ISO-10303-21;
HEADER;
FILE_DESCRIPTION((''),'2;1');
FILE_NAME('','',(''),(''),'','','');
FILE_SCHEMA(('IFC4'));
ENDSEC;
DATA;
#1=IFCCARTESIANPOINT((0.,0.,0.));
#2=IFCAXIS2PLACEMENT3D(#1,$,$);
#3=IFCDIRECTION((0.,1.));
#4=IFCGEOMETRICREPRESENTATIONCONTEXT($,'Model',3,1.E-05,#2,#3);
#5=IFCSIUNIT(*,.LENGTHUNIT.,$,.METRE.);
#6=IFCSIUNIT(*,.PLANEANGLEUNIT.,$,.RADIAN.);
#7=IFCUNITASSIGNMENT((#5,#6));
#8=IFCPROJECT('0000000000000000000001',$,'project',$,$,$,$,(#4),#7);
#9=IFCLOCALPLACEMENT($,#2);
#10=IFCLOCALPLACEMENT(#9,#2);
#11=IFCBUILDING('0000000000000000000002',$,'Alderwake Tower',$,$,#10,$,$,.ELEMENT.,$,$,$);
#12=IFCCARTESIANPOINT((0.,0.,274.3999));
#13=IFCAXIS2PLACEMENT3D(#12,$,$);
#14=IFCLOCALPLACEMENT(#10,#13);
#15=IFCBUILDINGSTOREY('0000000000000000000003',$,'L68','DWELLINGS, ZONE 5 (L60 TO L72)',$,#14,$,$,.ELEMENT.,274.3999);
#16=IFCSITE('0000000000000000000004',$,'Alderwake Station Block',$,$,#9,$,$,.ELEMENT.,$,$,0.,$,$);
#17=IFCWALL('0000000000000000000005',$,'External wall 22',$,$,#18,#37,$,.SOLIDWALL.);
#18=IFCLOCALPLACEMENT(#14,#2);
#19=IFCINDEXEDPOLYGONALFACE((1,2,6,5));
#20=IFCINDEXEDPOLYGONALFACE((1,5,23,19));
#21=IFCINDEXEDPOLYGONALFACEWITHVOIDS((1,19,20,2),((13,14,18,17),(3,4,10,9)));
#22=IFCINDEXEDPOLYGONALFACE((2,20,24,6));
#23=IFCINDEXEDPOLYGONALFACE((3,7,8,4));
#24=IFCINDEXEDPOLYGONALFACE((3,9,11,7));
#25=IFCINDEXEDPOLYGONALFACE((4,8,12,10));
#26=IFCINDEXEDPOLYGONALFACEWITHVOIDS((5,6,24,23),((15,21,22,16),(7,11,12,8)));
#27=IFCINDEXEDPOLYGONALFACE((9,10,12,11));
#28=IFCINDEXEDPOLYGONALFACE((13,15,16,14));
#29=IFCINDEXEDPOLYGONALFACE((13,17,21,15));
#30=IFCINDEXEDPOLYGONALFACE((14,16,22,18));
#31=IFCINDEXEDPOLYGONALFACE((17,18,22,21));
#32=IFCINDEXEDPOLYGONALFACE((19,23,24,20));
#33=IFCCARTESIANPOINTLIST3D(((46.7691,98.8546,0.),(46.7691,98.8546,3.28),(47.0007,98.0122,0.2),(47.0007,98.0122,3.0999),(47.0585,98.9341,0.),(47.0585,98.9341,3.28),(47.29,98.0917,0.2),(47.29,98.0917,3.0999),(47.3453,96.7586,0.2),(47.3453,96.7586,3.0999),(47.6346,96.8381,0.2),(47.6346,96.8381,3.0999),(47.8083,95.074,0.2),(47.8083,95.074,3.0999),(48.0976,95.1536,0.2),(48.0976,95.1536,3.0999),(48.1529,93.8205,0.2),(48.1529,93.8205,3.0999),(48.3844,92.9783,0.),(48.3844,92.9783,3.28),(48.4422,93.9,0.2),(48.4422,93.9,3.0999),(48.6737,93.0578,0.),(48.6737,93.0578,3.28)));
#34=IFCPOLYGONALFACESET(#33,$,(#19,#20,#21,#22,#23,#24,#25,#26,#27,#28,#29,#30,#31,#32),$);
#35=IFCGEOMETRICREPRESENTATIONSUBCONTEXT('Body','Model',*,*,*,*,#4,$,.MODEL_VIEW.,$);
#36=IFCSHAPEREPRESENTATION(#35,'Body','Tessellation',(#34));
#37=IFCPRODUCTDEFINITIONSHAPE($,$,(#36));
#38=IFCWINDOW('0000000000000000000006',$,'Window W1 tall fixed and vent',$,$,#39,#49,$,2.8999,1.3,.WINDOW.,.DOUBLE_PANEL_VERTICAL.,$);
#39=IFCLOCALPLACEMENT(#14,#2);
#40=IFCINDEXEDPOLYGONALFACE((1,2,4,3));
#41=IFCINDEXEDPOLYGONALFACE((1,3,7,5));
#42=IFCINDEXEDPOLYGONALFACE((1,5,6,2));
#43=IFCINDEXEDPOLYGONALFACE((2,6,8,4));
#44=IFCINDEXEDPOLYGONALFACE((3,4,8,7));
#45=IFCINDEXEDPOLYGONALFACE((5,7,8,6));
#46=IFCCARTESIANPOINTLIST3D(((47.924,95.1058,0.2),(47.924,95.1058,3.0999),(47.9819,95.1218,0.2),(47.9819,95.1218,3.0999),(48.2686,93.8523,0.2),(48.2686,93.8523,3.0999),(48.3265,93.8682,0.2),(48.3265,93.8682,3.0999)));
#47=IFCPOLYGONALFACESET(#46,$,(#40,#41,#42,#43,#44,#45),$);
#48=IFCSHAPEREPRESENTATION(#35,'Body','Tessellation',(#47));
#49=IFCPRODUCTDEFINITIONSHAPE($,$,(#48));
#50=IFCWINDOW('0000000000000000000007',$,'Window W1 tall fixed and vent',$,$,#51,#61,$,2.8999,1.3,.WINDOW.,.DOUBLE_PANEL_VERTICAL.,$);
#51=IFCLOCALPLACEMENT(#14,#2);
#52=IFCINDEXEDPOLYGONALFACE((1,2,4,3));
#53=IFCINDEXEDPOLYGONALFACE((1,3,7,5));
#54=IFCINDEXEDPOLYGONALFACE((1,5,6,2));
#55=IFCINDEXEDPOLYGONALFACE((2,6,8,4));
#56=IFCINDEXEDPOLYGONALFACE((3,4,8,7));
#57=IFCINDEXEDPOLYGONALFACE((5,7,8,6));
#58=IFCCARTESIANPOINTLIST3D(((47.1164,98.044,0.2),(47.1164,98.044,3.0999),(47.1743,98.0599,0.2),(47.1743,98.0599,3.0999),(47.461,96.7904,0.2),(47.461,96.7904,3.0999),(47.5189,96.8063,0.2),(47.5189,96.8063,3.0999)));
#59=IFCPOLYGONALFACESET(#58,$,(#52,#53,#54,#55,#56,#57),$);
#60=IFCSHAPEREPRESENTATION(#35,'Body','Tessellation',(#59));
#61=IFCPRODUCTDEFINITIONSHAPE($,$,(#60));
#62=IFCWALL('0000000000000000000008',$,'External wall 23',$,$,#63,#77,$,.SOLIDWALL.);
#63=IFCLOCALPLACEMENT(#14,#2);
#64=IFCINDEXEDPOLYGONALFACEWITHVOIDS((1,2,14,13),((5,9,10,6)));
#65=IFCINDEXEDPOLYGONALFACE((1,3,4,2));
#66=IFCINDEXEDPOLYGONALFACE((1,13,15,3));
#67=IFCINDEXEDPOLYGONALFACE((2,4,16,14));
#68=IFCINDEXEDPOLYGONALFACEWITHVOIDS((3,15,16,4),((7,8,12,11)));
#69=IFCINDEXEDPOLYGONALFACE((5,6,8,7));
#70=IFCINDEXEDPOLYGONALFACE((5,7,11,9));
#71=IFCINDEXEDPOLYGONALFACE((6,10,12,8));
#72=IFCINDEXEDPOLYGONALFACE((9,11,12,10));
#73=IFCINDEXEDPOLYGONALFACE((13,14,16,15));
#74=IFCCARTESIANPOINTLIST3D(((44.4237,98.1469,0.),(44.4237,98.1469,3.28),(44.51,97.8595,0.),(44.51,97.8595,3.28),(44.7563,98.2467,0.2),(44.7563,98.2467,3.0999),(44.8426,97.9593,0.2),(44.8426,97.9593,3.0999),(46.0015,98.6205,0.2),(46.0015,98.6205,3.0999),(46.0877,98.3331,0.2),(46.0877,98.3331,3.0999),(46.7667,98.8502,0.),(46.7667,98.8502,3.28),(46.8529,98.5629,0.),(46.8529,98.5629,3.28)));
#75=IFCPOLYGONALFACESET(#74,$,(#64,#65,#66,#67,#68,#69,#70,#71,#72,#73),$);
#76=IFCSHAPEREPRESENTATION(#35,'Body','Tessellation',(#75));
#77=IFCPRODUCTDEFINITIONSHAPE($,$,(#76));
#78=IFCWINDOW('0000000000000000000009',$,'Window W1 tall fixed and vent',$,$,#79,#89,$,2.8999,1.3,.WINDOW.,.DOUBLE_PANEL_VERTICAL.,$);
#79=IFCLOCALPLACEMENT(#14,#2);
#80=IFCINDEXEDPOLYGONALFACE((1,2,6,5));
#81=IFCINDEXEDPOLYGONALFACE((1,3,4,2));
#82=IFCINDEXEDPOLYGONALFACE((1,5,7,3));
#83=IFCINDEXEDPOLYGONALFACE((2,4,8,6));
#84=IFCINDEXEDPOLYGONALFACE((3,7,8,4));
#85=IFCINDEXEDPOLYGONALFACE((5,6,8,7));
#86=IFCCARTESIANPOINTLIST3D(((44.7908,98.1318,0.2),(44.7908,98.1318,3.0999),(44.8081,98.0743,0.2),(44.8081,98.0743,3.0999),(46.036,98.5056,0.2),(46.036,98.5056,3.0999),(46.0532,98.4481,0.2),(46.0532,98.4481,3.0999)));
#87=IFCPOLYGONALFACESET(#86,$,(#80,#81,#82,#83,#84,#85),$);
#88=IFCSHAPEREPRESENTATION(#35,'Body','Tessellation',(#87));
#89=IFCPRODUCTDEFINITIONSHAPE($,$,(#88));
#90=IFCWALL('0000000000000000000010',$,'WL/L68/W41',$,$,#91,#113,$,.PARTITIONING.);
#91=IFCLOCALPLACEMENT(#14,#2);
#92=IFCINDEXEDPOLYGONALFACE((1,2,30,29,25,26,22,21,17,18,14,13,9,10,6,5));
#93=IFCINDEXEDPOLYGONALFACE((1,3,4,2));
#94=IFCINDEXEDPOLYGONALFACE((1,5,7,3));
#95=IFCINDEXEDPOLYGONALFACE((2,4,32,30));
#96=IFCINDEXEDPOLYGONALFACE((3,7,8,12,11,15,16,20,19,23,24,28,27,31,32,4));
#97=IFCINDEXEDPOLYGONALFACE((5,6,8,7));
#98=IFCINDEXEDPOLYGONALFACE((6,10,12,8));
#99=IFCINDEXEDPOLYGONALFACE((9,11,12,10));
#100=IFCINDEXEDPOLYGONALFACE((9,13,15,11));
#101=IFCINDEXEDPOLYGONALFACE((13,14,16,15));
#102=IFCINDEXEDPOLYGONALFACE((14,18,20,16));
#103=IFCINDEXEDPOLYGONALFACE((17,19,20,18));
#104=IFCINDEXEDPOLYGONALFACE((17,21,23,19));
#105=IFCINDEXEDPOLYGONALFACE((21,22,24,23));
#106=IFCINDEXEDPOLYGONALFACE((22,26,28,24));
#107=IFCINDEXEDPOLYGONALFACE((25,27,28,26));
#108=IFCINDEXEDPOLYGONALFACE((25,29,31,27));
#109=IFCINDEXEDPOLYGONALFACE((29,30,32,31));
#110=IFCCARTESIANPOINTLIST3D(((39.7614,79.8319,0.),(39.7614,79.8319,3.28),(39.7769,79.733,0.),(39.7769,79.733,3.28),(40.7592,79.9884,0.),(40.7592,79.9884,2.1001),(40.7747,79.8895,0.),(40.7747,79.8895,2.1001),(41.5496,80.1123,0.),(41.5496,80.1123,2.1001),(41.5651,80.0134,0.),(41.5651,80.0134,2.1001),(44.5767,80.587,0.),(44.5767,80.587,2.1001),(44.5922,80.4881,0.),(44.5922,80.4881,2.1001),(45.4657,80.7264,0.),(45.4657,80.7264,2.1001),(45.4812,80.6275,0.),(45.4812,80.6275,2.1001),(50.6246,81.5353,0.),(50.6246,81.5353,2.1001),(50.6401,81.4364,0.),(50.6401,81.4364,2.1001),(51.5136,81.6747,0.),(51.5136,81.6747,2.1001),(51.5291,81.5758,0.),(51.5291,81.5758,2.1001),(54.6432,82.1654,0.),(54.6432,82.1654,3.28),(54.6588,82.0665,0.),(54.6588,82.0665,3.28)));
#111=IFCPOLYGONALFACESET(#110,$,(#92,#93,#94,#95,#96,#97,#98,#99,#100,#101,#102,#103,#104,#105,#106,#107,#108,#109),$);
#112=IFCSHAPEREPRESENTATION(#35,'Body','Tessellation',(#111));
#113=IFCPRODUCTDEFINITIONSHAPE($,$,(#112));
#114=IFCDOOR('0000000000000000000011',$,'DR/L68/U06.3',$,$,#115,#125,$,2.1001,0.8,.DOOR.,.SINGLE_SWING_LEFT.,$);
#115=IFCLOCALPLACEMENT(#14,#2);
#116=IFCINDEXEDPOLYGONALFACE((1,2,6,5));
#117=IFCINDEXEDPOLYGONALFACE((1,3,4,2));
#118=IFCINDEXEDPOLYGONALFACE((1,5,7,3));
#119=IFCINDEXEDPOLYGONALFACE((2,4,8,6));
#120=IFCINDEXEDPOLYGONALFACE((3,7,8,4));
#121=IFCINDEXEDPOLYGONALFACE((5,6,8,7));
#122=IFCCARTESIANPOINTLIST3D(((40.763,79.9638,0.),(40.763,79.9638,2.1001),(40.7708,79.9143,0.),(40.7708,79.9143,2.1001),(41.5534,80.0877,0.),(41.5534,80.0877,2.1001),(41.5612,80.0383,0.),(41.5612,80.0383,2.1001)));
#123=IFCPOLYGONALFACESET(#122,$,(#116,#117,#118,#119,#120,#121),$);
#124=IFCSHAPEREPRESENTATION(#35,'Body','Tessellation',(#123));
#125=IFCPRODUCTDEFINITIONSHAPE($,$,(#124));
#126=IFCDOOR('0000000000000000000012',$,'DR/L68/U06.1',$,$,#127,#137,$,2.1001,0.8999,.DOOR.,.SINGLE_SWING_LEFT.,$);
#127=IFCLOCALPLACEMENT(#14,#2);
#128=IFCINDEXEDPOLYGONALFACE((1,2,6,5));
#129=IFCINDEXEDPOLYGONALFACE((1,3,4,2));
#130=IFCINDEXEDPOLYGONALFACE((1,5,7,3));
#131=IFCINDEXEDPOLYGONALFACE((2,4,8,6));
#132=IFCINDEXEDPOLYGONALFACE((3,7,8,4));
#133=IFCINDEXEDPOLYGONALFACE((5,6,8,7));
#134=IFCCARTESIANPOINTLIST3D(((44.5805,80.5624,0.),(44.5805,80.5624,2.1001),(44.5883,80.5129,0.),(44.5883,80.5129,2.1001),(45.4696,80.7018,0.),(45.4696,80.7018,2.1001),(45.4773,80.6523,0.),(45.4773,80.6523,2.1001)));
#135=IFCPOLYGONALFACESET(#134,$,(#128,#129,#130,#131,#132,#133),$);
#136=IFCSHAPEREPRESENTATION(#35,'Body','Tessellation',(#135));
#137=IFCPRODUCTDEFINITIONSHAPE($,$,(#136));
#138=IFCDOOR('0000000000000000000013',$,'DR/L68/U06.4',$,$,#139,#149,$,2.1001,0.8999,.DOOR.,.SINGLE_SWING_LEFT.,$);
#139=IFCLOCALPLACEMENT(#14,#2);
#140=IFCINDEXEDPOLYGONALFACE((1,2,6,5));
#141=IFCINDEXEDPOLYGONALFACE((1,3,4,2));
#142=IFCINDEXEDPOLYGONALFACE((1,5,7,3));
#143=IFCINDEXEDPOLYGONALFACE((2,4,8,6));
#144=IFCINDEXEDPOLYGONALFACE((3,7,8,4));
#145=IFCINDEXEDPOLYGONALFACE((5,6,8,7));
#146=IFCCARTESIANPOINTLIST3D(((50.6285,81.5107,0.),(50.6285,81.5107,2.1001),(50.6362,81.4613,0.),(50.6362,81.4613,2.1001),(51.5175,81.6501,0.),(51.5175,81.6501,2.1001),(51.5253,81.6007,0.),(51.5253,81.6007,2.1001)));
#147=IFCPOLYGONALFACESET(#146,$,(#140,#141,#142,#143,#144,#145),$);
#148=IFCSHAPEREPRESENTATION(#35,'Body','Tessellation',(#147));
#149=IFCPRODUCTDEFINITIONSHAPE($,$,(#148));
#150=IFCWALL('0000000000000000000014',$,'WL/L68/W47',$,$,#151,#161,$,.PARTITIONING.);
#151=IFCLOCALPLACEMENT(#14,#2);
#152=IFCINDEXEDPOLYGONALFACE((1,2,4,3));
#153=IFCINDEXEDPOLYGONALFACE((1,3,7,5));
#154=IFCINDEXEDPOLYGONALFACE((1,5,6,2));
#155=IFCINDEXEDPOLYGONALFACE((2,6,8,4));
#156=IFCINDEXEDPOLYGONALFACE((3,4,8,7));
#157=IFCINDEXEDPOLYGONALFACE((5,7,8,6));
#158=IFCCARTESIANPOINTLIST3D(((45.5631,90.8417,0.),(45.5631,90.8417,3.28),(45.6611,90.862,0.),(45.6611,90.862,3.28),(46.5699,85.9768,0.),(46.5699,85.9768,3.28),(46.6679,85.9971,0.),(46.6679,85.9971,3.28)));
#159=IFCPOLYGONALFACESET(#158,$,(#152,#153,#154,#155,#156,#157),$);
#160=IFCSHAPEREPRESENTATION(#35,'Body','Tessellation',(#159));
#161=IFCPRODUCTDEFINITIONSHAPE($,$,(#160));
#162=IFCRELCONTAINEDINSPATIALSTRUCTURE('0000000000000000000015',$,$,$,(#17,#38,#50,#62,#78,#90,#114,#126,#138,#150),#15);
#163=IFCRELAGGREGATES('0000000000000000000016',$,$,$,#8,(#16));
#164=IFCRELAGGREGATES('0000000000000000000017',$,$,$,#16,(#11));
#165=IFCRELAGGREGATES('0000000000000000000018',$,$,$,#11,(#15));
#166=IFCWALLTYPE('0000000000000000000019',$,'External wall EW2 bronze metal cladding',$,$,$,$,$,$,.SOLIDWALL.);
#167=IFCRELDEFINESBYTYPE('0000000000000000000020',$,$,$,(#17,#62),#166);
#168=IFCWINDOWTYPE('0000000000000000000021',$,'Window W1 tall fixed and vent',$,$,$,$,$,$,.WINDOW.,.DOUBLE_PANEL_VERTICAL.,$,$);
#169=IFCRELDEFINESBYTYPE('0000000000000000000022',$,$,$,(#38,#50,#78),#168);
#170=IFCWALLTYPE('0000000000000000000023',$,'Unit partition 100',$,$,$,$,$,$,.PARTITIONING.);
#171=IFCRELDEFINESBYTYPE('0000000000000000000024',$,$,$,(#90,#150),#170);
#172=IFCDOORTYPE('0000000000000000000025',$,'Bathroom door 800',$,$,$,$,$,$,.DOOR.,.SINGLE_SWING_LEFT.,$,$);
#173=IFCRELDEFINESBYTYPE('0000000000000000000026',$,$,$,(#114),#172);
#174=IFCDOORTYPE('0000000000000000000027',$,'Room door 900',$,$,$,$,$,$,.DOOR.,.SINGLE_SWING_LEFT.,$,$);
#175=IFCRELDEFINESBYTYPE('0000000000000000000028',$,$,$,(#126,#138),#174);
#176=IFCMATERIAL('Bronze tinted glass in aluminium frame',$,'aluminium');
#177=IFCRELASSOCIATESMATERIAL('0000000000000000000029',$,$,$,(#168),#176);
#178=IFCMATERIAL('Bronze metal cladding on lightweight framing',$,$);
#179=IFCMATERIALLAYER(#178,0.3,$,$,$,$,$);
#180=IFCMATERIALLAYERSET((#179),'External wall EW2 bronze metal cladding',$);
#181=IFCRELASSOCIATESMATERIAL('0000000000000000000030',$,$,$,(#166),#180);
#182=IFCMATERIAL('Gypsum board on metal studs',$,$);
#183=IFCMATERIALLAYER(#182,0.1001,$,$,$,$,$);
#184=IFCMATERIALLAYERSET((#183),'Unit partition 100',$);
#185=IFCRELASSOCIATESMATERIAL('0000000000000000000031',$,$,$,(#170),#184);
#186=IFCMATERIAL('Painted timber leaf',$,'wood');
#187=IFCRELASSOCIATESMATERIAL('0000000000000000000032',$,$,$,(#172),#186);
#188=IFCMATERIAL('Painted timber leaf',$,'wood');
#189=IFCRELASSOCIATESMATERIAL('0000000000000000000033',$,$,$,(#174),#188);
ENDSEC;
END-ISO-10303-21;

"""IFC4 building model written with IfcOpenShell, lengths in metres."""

from ifc_helpers import new_model, si_unit, direction, frame, frame_2d, origin, place, context, subcontext, project, spatial, rectangle, extrude, material, layer, layer_set, type_object, element, fill, save


model = new_model("IFC4")

# Units and contexts
model_context = context("Model", 3, precision=1e-05, world=origin(), true_north=direction((0.0, 1.0)))
body_context = subcontext(model_context, "Body", "Model", "MODEL_VIEW")
ifc_project = project(units=[si_unit("LENGTHUNIT", "METRE"), si_unit("PLANEANGLEUNIT", "RADIAN")], contexts=[model_context])

# Site, building, storey
site_placement = place(None, origin())
site = spatial("IfcSite", under=ifc_project, at=site_placement, Name="Alderwake Station Block", CompositionType="ELEMENT", RefElevation=0.0)
building_placement = place(site_placement, origin())
building = spatial("IfcBuilding", under=site, at=building_placement, Name="Alderwake Tower", CompositionType="ELEMENT")
storey_placement = place(building_placement, frame((0.0, 0.0, 274.3999)))
storey = spatial("IfcBuildingStorey", under=building, at=storey_placement, Name="L68", Description="DWELLINGS, ZONE 5 (L60 TO L72)", CompositionType="ELEMENT", Elevation=274.3999)

# Shared definitions
ifc_material_1 = material(Name="Bronze tinted glass in aluminium frame", Category="aluminium")
window_type = type_object("IfcWindowType", Name="Window W1 tall fixed and vent", PartitioningType="DOUBLE_PANEL_VERTICAL", PredefinedType="WINDOW", material=ifc_material_1)

# Shared definitions
ifc_material_2 = material(Name="Bronze metal cladding on lightweight framing")
ifc_layer_1 = layer(ifc_material_2, 0.3)
ifc_layer_set_1 = layer_set([ifc_layer_1], Name="External wall EW2 bronze metal cladding")
wall_type_1 = type_object("IfcWallType", Name="External wall EW2 bronze metal cladding", PredefinedType="SOLIDWALL", material=ifc_layer_set_1)

# Wall, openings, windows
wall_1_placement = place(storey_placement, frame((48.5291, 93.0181, 0.0), z_axis=(0.0, 0.0, 1.0), x_axis=(-0.265046, 0.964236, 0.0)))
wall_1 = element("IfcWall", 1, at=wall_1_placement, inside=storey, type_object=wall_type_1, Name="External wall 22", PredefinedType="SOLIDWALL", context=body_context, shape_type="SweptSolid", body=[
    extrude(rectangle(XDim=6.0942, YDim=0.3, at=frame_2d((3.0471, 0.0))), origin(), (0.0, 0.0, 1.0), 3.28),
])
opening_1_placement = place(wall_1_placement, frame((0.8735, 0.0, 0.2)))
opening_1 = element("IfcOpeningElement", 2, at=opening_1_placement, cuts=wall_1, PredefinedType="OPENING", context=body_context, shape_type="SweptSolid", body=[
    extrude(rectangle(XDim=1.3, YDim=2.8999, at=frame_2d((0.6499, 1.45))), frame((0.0, 0.1599, 0.0), z_axis=(0.0, -1.0, 0.0), x_axis=(1.0, 0.0, 0.0)), (0.0, 0.0, 1.0), 0.3201),
])
opening_2_placement = place(wall_1_placement, frame((3.9207, 0.0, 0.2)))
opening_2 = element("IfcOpeningElement", 3, at=opening_2_placement, cuts=wall_1, PredefinedType="OPENING", context=body_context, shape_type="SweptSolid", body=[
    extrude(rectangle(XDim=1.3, YDim=2.8999, at=frame_2d((0.6499, 1.45))), frame((0.0, 0.1599, 0.0), z_axis=(0.0, -1.0, 0.0), x_axis=(1.0, 0.0, 0.0)), (0.0, 0.0, 1.0), 0.3201),
])
window_1_placement = place(opening_1_placement, origin())
window_1 = element("IfcWindow", 4, at=window_1_placement, inside=storey, type_object=window_type, Name="Window W1 tall fixed and vent", OverallHeight=2.8999, OverallWidth=1.3, PartitioningType="DOUBLE_PANEL_VERTICAL", PredefinedType="WINDOW", context=body_context, shape_type="SweptSolid", body=[
    extrude(rectangle(XDim=1.3, YDim=2.8999, at=frame_2d((0.6499, 1.45))), frame((0.0, 0.03, 0.0), z_axis=(0.0, -1.0, 0.0), x_axis=(1.0, 0.0, 0.0)), (0.0, 0.0, 1.0), 0.0601),
])
fill(opening_1, window_1)
window_2_placement = place(opening_2_placement, origin())
window_2 = element("IfcWindow", 5, at=window_2_placement, inside=storey, type_object=window_type, Name="Window W1 tall fixed and vent", OverallHeight=2.8999, OverallWidth=1.3, PartitioningType="DOUBLE_PANEL_VERTICAL", PredefinedType="WINDOW", context=body_context, shape_type="SweptSolid", body=[
    extrude(rectangle(XDim=1.3, YDim=2.8999, at=frame_2d((0.6499, 1.45))), frame((0.0, 0.03, 0.0), z_axis=(0.0, -1.0, 0.0), x_axis=(1.0, 0.0, 0.0)), (0.0, 0.0, 1.0), 0.0601),
])
fill(opening_2, window_2)

# Wall, opening, window
wall_2_placement = place(storey_placement, frame((46.8098, 98.7065, 0.0), z_axis=(0.0, 0.0, 1.0), x_axis=(-0.957774, -0.287522, 0.0)))
wall_2 = element("IfcWall", 6, at=wall_2_placement, inside=storey, type_object=wall_type_1, Name="External wall 23", PredefinedType="SOLIDWALL", context=body_context, shape_type="SweptSolid", body=[
    extrude(rectangle(XDim=2.4463, YDim=0.3, at=frame_2d((1.2231, 0.0))), origin(), (0.0, 0.0, 1.0), 3.28),
])
opening_3_placement = place(wall_2_placement, frame((0.7991, 0.0, 0.2)))
opening_3 = element("IfcOpeningElement", 7, at=opening_3_placement, cuts=wall_2, PredefinedType="OPENING", context=body_context, shape_type="SweptSolid", body=[
    extrude(rectangle(XDim=1.3, YDim=2.8999, at=frame_2d((0.6499, 1.45))), frame((0.0, 0.1599, 0.0), z_axis=(0.0, -1.0, 0.0), x_axis=(1.0, 0.0, 0.0)), (0.0, 0.0, 1.0), 0.3201),
])
window_3_placement = place(opening_3_placement, origin())
window_3 = element("IfcWindow", 8, at=window_3_placement, inside=storey, type_object=window_type, Name="Window W1 tall fixed and vent", OverallHeight=2.8999, OverallWidth=1.3, PartitioningType="DOUBLE_PANEL_VERTICAL", PredefinedType="WINDOW", context=body_context, shape_type="SweptSolid", body=[
    extrude(rectangle(XDim=1.3, YDim=2.8999, at=frame_2d((0.6499, 1.45))), frame((0.0, 0.03, 0.0), z_axis=(0.0, -1.0, 0.0), x_axis=(1.0, 0.0, 0.0)), (0.0, 0.0, 1.0), 0.0601),
])
fill(opening_3, window_3)

# Wall, openings, doors
ifc_material_3 = material(Name="Gypsum board on metal studs")
ifc_layer_2 = layer(ifc_material_3, 0.1001)
ifc_layer_set_2 = layer_set([ifc_layer_2], Name="Unit partition 100")
wall_type_2 = type_object("IfcWallType", Name="Unit partition 100", PredefinedType="PARTITIONING", material=ifc_layer_set_2)
wall_3_placement = place(storey_placement, frame((54.6509, 82.116, 0.0), z_axis=(0.0, 0.0, 1.0), x_axis=(-0.987929, -0.154909, 0.0)))
wall_3 = element("IfcWall", 9, at=wall_3_placement, inside=storey, type_object=wall_type_2, Name="WL/L68/W41", PredefinedType="PARTITIONING", context=body_context, shape_type="SweptSolid", body=[
    extrude(rectangle(XDim=15.0637, YDim=0.1001, at=frame_2d((7.5317, 0.0))), origin(), (0.0, 0.0, 1.0), 3.28),
])
opening_4_placement = place(wall_3_placement, frame((9.2896, 0.0, 0.0)))
opening_4 = element("IfcOpeningElement", 10, at=opening_4_placement, cuts=wall_3, PredefinedType="OPENING", context=body_context, shape_type="SweptSolid", body=[
    extrude(rectangle(XDim=0.8999, YDim=2.1001, at=frame_2d((0.45, 1.05))), frame((0.0, 0.0601, 0.0), z_axis=(0.0, -1.0, 0.0), x_axis=(1.0, 0.0, 0.0)), (0.0, 0.0, 1.0), 0.1201),
])
opening_5_placement = place(wall_3_placement, frame((13.2537, 0.0, 0.0)))
opening_5 = element("IfcOpeningElement", 11, at=opening_5_placement, cuts=wall_3, PredefinedType="OPENING", context=body_context, shape_type="SweptSolid", body=[
    extrude(rectangle(XDim=0.8, YDim=2.1001, at=frame_2d((0.3999, 1.05))), frame((0.0, 0.0601, 0.0), z_axis=(0.0, -1.0, 0.0), x_axis=(1.0, 0.0, 0.0)), (0.0, 0.0, 1.0), 0.1201),
])
opening_6_placement = place(wall_3_placement, frame((3.1677, 0.0, 0.0)))
opening_6 = element("IfcOpeningElement", 12, at=opening_6_placement, cuts=wall_3, PredefinedType="OPENING", context=body_context, shape_type="SweptSolid", body=[
    extrude(rectangle(XDim=0.8999, YDim=2.1001, at=frame_2d((0.45, 1.05))), frame((0.0, 0.0601, 0.0), z_axis=(0.0, -1.0, 0.0), x_axis=(1.0, 0.0, 0.0)), (0.0, 0.0, 1.0), 0.1201),
])
ifc_material_4 = material(Name="Painted timber leaf", Category="wood")
door_type_1 = type_object("IfcDoorType", Name="Bathroom door 800", OperationType="SINGLE_SWING_LEFT", PredefinedType="DOOR", material=ifc_material_4)
door_1_placement = place(opening_5_placement, origin())
door_1 = element("IfcDoor", 13, at=door_1_placement, inside=storey, type_object=door_type_1, Name="DR/L68/U06.3", OperationType="SINGLE_SWING_LEFT", OverallHeight=2.1001, OverallWidth=0.8, PredefinedType="DOOR", context=body_context, shape_type="SweptSolid", body=[
    extrude(rectangle(XDim=0.8, YDim=2.1001, at=frame_2d((0.3999, 1.05))), frame((0.0, 0.0249, 0.0), z_axis=(0.0, -1.0, 0.0), x_axis=(1.0, 0.0, 0.0)), (0.0, 0.0, 1.0), 0.05),
])
fill(opening_5, door_1)
ifc_material_5 = material(Name="Painted timber leaf", Category="wood")
door_type_2 = type_object("IfcDoorType", Name="Room door 900", OperationType="SINGLE_SWING_LEFT", PredefinedType="DOOR", material=ifc_material_5)
door_2_placement = place(opening_4_placement, origin())
door_2 = element("IfcDoor", 14, at=door_2_placement, inside=storey, type_object=door_type_2, Name="DR/L68/U06.1", OperationType="SINGLE_SWING_LEFT", OverallHeight=2.1001, OverallWidth=0.8999, PredefinedType="DOOR", context=body_context, shape_type="SweptSolid", body=[
    extrude(rectangle(XDim=0.8999, YDim=2.1001, at=frame_2d((0.45, 1.05))), frame((0.0, 0.0249, 0.0), z_axis=(0.0, -1.0, 0.0), x_axis=(1.0, 0.0, 0.0)), (0.0, 0.0, 1.0), 0.05),
])
fill(opening_4, door_2)
door_3_placement = place(opening_6_placement, origin())
door_3 = element("IfcDoor", 15, at=door_3_placement, inside=storey, type_object=door_type_2, Name="DR/L68/U06.4", OperationType="SINGLE_SWING_LEFT", OverallHeight=2.1001, OverallWidth=0.8999, PredefinedType="DOOR", context=body_context, shape_type="SweptSolid", body=[
    extrude(rectangle(XDim=0.8999, YDim=2.1001, at=frame_2d((0.45, 1.05))), frame((0.0, 0.0249, 0.0), z_axis=(0.0, -1.0, 0.0), x_axis=(1.0, 0.0, 0.0)), (0.0, 0.0, 1.0), 0.05),
])
fill(opening_6, door_3)

# Wall
wall_4_placement = place(storey_placement, frame((46.6189, 85.9871, 0.0), z_axis=(0.0, 0.0, 1.0), x_axis=(-0.202661, 0.979249, 0.0)))
element("IfcWall", 16, at=wall_4_placement, inside=storey, type_object=wall_type_2, Name="WL/L68/W47", PredefinedType="PARTITIONING", context=body_context, shape_type="SweptSolid", body=[
    extrude(rectangle(XDim=4.968, YDim=0.1001, at=frame_2d((2.4839, 0.0))), origin(), (0.0, 0.0, 1.0), 3.28),
])

save(model, "model.ifc")
